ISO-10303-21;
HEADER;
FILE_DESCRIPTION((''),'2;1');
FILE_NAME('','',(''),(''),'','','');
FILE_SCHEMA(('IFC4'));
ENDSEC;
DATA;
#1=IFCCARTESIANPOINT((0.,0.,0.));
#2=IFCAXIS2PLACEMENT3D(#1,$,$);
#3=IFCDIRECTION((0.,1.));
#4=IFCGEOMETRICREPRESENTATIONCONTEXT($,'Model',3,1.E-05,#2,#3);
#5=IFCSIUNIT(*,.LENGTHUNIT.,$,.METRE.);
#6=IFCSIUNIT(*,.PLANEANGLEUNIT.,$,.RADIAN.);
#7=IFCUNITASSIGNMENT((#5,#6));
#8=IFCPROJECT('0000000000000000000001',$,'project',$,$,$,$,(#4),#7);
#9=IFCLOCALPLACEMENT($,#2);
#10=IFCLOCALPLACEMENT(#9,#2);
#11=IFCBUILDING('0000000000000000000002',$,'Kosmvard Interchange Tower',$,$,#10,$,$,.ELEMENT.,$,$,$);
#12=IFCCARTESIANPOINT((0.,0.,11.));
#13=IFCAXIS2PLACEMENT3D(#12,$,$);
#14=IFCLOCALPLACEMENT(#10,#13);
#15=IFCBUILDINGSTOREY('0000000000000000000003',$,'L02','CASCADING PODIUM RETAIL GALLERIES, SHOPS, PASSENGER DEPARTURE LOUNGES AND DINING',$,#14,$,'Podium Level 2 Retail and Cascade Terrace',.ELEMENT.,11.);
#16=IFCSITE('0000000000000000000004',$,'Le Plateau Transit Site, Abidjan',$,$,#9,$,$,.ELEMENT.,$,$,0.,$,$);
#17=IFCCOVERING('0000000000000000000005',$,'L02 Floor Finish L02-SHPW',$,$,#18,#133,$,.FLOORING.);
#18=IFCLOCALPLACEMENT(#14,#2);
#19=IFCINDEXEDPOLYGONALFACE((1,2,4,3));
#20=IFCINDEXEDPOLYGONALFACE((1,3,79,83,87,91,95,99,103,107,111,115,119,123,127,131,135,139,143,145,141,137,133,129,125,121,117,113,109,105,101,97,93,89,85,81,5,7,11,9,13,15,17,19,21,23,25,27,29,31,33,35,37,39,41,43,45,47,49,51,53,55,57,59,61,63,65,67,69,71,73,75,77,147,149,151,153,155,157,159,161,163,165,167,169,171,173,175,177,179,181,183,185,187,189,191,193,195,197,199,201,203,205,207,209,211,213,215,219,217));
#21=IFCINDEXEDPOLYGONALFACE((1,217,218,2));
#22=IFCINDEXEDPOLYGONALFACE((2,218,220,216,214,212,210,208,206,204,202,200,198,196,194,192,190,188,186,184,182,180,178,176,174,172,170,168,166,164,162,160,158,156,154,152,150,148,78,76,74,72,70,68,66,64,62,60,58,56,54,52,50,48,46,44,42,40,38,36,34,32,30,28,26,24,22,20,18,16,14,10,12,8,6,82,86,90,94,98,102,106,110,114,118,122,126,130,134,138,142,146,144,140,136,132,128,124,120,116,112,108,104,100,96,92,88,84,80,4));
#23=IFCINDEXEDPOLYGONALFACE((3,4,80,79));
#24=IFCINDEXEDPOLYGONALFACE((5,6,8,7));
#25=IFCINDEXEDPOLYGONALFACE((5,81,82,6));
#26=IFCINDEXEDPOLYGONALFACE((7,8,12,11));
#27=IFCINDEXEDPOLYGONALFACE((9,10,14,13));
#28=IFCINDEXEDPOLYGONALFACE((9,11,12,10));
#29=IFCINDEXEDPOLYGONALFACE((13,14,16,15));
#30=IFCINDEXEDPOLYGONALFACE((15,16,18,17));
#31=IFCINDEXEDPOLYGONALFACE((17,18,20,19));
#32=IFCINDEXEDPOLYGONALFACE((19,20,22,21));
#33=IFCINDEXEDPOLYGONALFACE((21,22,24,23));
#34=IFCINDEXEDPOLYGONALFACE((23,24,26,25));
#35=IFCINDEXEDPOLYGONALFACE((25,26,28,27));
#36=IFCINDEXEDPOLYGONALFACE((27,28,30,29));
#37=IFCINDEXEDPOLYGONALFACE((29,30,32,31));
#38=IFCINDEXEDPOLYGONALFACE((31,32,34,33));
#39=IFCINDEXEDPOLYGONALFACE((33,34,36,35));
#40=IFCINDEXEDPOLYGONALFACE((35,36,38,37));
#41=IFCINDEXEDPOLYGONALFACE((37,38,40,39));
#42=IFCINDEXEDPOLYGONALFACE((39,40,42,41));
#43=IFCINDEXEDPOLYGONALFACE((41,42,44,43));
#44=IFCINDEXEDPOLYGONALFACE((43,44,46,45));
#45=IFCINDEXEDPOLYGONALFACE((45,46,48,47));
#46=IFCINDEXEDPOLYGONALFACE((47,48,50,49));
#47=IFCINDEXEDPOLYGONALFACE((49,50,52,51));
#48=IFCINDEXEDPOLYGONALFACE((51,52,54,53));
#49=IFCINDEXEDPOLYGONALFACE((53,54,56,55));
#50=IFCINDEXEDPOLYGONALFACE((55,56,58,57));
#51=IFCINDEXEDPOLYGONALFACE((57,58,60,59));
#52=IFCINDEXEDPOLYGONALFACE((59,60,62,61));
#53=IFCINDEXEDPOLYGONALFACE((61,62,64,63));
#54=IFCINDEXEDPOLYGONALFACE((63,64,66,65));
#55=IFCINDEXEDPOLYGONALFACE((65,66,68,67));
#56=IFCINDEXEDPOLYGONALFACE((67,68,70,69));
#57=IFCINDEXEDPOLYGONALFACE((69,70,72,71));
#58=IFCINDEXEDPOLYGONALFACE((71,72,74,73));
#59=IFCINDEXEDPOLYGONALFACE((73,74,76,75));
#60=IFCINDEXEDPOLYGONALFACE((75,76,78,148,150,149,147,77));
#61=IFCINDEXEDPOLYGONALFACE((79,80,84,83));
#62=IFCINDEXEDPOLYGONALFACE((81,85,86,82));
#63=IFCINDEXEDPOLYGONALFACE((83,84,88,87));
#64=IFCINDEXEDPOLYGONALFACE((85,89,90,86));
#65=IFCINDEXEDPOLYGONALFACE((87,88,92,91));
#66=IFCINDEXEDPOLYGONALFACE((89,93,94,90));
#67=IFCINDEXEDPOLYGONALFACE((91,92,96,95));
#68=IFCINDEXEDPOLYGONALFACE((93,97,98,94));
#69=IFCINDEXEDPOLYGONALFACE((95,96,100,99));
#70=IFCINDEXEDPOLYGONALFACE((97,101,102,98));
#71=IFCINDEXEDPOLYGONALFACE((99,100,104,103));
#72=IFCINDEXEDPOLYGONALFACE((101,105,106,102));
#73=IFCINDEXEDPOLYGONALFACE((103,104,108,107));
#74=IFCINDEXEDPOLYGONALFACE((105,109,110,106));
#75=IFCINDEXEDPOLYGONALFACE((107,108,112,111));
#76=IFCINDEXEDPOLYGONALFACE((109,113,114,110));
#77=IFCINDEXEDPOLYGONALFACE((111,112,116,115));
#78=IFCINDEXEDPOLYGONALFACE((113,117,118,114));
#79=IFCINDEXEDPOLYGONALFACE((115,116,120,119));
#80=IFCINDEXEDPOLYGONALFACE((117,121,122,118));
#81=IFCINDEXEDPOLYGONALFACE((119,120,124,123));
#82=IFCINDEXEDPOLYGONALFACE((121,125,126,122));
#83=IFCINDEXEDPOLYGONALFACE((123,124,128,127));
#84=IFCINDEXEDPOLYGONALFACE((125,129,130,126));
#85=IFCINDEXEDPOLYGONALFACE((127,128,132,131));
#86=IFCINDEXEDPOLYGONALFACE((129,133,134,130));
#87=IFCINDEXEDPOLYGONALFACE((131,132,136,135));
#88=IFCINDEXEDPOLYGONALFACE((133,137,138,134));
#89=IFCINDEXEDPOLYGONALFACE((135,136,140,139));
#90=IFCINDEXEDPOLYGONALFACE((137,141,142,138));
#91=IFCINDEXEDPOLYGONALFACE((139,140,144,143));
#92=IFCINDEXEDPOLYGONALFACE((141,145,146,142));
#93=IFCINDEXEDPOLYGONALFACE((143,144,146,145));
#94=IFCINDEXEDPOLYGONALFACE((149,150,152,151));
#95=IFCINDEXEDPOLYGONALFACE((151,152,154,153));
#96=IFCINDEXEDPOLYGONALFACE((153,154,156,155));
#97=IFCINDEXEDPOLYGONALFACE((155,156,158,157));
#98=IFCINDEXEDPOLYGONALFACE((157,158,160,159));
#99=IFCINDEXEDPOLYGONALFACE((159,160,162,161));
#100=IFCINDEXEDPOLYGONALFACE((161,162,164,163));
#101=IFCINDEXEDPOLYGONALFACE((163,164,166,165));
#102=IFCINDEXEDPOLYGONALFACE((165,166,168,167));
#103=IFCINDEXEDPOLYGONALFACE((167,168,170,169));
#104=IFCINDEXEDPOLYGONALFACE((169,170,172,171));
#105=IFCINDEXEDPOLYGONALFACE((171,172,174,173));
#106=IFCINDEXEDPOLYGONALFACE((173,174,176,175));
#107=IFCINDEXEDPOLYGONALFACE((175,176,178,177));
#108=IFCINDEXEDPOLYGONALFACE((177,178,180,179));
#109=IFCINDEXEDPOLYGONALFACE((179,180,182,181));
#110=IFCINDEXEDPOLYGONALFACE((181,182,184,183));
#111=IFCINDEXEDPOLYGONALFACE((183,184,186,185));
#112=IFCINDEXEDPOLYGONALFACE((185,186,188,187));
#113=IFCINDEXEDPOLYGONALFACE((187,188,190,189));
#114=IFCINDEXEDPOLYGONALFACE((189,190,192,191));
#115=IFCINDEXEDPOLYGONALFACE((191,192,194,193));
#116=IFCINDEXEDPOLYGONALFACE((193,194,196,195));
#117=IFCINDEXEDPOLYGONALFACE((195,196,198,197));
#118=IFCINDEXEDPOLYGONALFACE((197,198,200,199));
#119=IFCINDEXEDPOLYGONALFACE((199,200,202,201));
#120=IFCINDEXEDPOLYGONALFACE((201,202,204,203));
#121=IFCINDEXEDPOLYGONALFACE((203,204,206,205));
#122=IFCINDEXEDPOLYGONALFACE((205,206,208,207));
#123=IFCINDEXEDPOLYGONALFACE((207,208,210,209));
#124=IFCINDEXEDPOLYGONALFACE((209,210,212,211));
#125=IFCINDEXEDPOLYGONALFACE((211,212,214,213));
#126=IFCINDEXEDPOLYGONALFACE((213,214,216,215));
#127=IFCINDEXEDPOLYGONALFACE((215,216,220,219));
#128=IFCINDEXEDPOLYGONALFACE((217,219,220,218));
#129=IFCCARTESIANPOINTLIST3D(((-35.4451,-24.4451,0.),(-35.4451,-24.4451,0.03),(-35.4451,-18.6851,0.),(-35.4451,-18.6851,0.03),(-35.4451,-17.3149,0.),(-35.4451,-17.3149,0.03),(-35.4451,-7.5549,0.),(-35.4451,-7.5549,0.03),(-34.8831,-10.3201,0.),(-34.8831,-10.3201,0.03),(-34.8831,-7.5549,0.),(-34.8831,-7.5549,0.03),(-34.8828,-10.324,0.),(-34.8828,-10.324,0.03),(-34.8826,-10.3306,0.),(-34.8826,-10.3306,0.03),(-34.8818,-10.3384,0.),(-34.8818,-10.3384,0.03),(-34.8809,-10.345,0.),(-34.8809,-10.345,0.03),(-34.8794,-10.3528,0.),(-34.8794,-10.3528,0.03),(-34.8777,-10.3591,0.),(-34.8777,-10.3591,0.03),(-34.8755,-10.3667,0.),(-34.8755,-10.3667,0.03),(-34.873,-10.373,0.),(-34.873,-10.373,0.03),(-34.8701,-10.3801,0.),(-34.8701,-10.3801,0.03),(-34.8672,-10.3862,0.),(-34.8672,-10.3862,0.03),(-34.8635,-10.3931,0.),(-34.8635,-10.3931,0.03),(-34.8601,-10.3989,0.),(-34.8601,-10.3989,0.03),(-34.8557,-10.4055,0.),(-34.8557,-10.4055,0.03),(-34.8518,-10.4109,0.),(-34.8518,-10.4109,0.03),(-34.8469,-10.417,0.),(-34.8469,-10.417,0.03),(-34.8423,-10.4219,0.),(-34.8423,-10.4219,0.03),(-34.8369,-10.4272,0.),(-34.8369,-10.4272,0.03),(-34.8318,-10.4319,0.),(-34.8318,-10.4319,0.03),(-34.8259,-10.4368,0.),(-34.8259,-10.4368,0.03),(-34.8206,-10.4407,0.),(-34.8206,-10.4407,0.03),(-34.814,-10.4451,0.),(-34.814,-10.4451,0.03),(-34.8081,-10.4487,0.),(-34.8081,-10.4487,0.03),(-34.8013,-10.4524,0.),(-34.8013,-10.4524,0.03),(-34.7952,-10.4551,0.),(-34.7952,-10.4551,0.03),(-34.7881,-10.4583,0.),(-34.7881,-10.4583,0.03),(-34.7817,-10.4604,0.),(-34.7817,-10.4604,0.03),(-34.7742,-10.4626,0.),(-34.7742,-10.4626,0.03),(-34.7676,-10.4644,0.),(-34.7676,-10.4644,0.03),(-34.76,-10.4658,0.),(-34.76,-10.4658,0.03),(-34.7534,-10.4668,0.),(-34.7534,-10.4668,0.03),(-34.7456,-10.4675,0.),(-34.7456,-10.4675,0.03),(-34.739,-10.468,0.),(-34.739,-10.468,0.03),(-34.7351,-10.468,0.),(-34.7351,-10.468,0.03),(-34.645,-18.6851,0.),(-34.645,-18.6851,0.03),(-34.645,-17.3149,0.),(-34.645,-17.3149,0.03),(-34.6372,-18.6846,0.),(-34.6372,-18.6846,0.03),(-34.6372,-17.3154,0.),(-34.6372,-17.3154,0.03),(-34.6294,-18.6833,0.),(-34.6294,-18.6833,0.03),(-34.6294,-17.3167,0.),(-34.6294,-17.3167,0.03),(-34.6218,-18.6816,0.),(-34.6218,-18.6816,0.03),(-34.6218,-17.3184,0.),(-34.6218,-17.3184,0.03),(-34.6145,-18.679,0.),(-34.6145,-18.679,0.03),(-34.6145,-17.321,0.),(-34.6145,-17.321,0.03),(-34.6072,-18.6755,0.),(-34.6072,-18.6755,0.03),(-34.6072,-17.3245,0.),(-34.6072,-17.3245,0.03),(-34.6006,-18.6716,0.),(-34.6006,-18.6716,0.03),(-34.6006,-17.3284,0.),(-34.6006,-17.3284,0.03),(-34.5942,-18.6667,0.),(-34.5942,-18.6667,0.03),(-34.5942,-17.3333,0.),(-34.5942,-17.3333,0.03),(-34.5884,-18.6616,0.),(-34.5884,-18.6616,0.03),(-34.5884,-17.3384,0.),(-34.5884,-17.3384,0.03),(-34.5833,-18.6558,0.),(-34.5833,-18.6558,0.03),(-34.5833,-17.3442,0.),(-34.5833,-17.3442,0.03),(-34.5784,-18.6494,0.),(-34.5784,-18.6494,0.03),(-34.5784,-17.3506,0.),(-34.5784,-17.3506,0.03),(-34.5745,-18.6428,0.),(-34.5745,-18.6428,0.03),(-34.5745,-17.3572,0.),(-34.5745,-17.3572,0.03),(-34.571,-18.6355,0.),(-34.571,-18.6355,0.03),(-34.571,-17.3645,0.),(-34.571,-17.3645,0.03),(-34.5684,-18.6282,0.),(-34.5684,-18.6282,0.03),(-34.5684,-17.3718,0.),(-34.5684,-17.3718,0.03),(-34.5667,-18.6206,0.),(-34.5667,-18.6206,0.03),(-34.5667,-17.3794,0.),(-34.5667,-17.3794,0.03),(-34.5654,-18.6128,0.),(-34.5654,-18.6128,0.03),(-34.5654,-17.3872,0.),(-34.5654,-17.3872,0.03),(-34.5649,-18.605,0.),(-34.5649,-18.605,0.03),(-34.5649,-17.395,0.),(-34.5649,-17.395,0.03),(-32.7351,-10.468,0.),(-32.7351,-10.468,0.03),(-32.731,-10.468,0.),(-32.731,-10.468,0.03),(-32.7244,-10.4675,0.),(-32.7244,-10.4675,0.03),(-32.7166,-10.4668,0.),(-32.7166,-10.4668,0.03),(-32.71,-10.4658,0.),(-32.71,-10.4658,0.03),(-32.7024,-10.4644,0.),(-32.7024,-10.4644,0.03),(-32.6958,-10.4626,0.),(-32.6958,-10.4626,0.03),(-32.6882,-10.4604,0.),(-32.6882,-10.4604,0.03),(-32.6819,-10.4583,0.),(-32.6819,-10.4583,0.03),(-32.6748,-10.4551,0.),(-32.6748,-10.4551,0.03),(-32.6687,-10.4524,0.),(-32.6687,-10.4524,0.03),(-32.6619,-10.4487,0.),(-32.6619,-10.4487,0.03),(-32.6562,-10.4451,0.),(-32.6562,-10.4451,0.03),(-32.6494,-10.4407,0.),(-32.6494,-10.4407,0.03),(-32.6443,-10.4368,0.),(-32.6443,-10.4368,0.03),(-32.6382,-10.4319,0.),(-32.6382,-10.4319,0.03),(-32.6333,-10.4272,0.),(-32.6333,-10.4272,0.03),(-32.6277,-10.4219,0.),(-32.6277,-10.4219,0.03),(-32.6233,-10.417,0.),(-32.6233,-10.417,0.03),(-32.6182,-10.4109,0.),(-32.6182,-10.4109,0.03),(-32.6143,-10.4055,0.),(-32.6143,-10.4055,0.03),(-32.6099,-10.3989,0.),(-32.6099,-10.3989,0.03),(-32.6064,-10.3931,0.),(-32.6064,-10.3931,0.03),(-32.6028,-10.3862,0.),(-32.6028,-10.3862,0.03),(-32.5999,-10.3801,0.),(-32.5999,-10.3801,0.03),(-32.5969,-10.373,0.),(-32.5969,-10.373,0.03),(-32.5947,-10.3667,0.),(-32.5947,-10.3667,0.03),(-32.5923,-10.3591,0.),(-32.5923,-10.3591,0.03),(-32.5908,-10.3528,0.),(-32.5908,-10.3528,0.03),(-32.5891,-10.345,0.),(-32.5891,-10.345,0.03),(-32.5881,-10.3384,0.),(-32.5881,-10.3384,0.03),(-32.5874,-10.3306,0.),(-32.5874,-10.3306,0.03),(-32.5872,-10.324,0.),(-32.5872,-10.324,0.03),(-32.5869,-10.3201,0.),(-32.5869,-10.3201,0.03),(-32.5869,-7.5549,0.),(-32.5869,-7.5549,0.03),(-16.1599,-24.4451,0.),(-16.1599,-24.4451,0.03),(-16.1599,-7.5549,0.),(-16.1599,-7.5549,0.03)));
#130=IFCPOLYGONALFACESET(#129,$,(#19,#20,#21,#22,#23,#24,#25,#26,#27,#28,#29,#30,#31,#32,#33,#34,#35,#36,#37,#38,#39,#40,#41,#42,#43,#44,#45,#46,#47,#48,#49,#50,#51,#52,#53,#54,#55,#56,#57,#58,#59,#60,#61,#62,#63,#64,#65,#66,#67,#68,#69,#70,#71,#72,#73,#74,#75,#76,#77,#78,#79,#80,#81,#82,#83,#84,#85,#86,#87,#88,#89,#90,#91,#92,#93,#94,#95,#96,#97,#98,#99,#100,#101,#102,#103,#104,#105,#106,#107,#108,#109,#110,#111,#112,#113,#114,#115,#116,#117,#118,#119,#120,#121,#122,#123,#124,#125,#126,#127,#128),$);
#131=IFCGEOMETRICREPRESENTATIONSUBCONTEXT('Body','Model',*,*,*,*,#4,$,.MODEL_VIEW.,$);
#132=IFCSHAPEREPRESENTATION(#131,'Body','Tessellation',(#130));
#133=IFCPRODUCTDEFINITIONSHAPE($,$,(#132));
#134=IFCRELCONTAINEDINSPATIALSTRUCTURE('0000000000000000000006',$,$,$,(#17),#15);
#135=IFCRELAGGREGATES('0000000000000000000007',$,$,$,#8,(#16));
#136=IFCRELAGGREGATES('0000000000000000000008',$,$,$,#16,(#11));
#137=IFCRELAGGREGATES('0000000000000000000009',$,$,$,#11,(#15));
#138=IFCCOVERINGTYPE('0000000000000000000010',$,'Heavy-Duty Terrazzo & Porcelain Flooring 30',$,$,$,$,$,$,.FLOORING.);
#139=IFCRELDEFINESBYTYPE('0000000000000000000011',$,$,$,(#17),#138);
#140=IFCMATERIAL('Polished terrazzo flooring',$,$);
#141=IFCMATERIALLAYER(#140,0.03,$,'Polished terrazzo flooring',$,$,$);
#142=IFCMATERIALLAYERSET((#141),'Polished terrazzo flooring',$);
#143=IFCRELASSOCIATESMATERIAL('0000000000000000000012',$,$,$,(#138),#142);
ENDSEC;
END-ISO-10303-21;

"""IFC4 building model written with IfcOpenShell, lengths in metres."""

from ifc_helpers import new_model, si_unit, direction, frame, origin, place, context, subcontext, project, spatial, polyline, outline, extrude, material, layer, layer_set, type_object, element, save


model = new_model("IFC4")

# Units and contexts
model_context = context("Model", 3, precision=1e-05, world=origin(), true_north=direction((0.0, 1.0)))
body_context = subcontext(model_context, "Body", "Model", "MODEL_VIEW")
ifc_project = project(units=[si_unit("LENGTHUNIT", "METRE"), si_unit("PLANEANGLEUNIT", "RADIAN")], contexts=[model_context])

# Site, building, storey
site_placement = place(None, origin())
site = spatial("IfcSite", under=ifc_project, at=site_placement, Name="Le Plateau Transit Site, Abidjan", CompositionType="ELEMENT", RefElevation=0.0)
building_placement = place(site_placement, origin())
building = spatial("IfcBuilding", under=site, at=building_placement, Name="Kosmvard Interchange Tower", CompositionType="ELEMENT")
storey_placement = place(building_placement, frame((0.0, 0.0, 11.0)))
storey = spatial("IfcBuildingStorey", under=building, at=storey_placement, Name="L02", Description="CASCADING PODIUM RETAIL GALLERIES, SHOPS, PASSENGER DEPARTURE LOUNGES AND DINING", LongName="Podium Level 2 Retail and Cascade Terrace", CompositionType="ELEMENT", Elevation=11.0)

# Covering
ifc_material_1 = material(Name="Polished terrazzo flooring")
ifc_layer_1 = layer(ifc_material_1, 0.03, Name="Polished terrazzo flooring")
ifc_layer_set_1 = layer_set([ifc_layer_1], Name="Polished terrazzo flooring")
covering_type_1 = type_object("IfcCoveringType", Name="Heavy-Duty Terrazzo & Porcelain Flooring 30", PredefinedType="FLOORING", material=ifc_layer_set_1)
covering_1_placement = place(storey_placement, origin())
element("IfcCovering", 1, at=covering_1_placement, inside=storey, type_object=covering_type_1, Name="L02 Floor Finish L02-SHPW", PredefinedType="FLOORING", context=body_context, shape_type="SweptSolid", body=[
    extrude(outline(polyline([(-34.5649, -17.395), (-34.5649, -18.605), (-34.5654, -18.6128), (-34.5667, -18.6206), (-34.5684, -18.6282), (-34.571, -18.6355), (-34.5745, -18.6428), (-34.5784, -18.6494), (-34.5833, -18.6558), (-34.5884, -18.6616), (-34.5942, -18.6667), (-34.6006, -18.6716), (-34.6072, -18.6755), (-34.6145, -18.679), (-34.6218, -18.6816), (-34.6294, -18.6833), (-34.6372, -18.6846), (-34.645, -18.6851), (-35.4451, -18.6851), (-35.4451, -24.4451), (-16.1599, -24.4451), (-16.1599, -7.5549), (-32.5869, -7.5549), (-32.5869, -10.3201), (-32.5872, -10.324), (-32.5874, -10.3306), (-32.5881, -10.3384), (-32.5891, -10.345), (-32.5908, -10.3528), (-32.5923, -10.3591), (-32.5947, -10.3667), (-32.5969, -10.373), (-32.5999, -10.3801), (-32.6028, -10.3862), (-32.6064, -10.3931), (-32.6099, -10.3989), (-32.6143, -10.4055), (-32.6182, -10.4109), (-32.6233, -10.417), (-32.6277, -10.4219), (-32.6333, -10.4272), (-32.6382, -10.4319), (-32.6443, -10.4368), (-32.6494, -10.4407), (-32.6562, -10.4451), (-32.6619, -10.4487), (-32.6687, -10.4524), (-32.6748, -10.4551), (-32.6819, -10.4583), (-32.6882, -10.4604), (-32.6958, -10.4626), (-32.7024, -10.4644), (-32.71, -10.4658), (-32.7166, -10.4668), (-32.7244, -10.4675), (-32.731, -10.468), (-32.7351, -10.468), (-34.7351, -10.468), (-34.739, -10.468), (-34.7456, -10.4675), (-34.7534, -10.4668), (-34.76, -10.4658), (-34.7676, -10.4644), (-34.7742, -10.4626), (-34.7817, -10.4604), (-34.7881, -10.4583), (-34.7952, -10.4551), (-34.8013, -10.4524), (-34.8081, -10.4487), (-34.814, -10.4451), (-34.8206, -10.4407), (-34.8259, -10.4368), (-34.8318, -10.4319), (-34.8369, -10.4272), (-34.8423, -10.4219), (-34.8469, -10.417), (-34.8518, -10.4109), (-34.8557, -10.4055), (-34.8601, -10.3989), (-34.8635, -10.3931), (-34.8672, -10.3862), (-34.8701, -10.3801), (-34.873, -10.373), (-34.8755, -10.3667), (-34.8777, -10.3591), (-34.8794, -10.3528), (-34.8809, -10.345), (-34.8818, -10.3384), (-34.8826, -10.3306), (-34.8828, -10.324), (-34.8831, -10.3201), (-34.8831, -7.5549), (-35.4451, -7.5549), (-35.4451, -17.3149), (-34.645, -17.3149), (-34.6372, -17.3154), (-34.6294, -17.3167), (-34.6218, -17.3184), (-34.6145, -17.321), (-34.6072, -17.3245), (-34.6006, -17.3284), (-34.5942, -17.3333), (-34.5884, -17.3384), (-34.5833, -17.3442), (-34.5784, -17.3506), (-34.5745, -17.3572), (-34.571, -17.3645), (-34.5684, -17.3718), (-34.5667, -17.3794), (-34.5654, -17.3872), (-34.5649, -17.395)])), origin(), (0.0, 0.0, 1.0), 0.03),
])

save(model, "model.ifc")
